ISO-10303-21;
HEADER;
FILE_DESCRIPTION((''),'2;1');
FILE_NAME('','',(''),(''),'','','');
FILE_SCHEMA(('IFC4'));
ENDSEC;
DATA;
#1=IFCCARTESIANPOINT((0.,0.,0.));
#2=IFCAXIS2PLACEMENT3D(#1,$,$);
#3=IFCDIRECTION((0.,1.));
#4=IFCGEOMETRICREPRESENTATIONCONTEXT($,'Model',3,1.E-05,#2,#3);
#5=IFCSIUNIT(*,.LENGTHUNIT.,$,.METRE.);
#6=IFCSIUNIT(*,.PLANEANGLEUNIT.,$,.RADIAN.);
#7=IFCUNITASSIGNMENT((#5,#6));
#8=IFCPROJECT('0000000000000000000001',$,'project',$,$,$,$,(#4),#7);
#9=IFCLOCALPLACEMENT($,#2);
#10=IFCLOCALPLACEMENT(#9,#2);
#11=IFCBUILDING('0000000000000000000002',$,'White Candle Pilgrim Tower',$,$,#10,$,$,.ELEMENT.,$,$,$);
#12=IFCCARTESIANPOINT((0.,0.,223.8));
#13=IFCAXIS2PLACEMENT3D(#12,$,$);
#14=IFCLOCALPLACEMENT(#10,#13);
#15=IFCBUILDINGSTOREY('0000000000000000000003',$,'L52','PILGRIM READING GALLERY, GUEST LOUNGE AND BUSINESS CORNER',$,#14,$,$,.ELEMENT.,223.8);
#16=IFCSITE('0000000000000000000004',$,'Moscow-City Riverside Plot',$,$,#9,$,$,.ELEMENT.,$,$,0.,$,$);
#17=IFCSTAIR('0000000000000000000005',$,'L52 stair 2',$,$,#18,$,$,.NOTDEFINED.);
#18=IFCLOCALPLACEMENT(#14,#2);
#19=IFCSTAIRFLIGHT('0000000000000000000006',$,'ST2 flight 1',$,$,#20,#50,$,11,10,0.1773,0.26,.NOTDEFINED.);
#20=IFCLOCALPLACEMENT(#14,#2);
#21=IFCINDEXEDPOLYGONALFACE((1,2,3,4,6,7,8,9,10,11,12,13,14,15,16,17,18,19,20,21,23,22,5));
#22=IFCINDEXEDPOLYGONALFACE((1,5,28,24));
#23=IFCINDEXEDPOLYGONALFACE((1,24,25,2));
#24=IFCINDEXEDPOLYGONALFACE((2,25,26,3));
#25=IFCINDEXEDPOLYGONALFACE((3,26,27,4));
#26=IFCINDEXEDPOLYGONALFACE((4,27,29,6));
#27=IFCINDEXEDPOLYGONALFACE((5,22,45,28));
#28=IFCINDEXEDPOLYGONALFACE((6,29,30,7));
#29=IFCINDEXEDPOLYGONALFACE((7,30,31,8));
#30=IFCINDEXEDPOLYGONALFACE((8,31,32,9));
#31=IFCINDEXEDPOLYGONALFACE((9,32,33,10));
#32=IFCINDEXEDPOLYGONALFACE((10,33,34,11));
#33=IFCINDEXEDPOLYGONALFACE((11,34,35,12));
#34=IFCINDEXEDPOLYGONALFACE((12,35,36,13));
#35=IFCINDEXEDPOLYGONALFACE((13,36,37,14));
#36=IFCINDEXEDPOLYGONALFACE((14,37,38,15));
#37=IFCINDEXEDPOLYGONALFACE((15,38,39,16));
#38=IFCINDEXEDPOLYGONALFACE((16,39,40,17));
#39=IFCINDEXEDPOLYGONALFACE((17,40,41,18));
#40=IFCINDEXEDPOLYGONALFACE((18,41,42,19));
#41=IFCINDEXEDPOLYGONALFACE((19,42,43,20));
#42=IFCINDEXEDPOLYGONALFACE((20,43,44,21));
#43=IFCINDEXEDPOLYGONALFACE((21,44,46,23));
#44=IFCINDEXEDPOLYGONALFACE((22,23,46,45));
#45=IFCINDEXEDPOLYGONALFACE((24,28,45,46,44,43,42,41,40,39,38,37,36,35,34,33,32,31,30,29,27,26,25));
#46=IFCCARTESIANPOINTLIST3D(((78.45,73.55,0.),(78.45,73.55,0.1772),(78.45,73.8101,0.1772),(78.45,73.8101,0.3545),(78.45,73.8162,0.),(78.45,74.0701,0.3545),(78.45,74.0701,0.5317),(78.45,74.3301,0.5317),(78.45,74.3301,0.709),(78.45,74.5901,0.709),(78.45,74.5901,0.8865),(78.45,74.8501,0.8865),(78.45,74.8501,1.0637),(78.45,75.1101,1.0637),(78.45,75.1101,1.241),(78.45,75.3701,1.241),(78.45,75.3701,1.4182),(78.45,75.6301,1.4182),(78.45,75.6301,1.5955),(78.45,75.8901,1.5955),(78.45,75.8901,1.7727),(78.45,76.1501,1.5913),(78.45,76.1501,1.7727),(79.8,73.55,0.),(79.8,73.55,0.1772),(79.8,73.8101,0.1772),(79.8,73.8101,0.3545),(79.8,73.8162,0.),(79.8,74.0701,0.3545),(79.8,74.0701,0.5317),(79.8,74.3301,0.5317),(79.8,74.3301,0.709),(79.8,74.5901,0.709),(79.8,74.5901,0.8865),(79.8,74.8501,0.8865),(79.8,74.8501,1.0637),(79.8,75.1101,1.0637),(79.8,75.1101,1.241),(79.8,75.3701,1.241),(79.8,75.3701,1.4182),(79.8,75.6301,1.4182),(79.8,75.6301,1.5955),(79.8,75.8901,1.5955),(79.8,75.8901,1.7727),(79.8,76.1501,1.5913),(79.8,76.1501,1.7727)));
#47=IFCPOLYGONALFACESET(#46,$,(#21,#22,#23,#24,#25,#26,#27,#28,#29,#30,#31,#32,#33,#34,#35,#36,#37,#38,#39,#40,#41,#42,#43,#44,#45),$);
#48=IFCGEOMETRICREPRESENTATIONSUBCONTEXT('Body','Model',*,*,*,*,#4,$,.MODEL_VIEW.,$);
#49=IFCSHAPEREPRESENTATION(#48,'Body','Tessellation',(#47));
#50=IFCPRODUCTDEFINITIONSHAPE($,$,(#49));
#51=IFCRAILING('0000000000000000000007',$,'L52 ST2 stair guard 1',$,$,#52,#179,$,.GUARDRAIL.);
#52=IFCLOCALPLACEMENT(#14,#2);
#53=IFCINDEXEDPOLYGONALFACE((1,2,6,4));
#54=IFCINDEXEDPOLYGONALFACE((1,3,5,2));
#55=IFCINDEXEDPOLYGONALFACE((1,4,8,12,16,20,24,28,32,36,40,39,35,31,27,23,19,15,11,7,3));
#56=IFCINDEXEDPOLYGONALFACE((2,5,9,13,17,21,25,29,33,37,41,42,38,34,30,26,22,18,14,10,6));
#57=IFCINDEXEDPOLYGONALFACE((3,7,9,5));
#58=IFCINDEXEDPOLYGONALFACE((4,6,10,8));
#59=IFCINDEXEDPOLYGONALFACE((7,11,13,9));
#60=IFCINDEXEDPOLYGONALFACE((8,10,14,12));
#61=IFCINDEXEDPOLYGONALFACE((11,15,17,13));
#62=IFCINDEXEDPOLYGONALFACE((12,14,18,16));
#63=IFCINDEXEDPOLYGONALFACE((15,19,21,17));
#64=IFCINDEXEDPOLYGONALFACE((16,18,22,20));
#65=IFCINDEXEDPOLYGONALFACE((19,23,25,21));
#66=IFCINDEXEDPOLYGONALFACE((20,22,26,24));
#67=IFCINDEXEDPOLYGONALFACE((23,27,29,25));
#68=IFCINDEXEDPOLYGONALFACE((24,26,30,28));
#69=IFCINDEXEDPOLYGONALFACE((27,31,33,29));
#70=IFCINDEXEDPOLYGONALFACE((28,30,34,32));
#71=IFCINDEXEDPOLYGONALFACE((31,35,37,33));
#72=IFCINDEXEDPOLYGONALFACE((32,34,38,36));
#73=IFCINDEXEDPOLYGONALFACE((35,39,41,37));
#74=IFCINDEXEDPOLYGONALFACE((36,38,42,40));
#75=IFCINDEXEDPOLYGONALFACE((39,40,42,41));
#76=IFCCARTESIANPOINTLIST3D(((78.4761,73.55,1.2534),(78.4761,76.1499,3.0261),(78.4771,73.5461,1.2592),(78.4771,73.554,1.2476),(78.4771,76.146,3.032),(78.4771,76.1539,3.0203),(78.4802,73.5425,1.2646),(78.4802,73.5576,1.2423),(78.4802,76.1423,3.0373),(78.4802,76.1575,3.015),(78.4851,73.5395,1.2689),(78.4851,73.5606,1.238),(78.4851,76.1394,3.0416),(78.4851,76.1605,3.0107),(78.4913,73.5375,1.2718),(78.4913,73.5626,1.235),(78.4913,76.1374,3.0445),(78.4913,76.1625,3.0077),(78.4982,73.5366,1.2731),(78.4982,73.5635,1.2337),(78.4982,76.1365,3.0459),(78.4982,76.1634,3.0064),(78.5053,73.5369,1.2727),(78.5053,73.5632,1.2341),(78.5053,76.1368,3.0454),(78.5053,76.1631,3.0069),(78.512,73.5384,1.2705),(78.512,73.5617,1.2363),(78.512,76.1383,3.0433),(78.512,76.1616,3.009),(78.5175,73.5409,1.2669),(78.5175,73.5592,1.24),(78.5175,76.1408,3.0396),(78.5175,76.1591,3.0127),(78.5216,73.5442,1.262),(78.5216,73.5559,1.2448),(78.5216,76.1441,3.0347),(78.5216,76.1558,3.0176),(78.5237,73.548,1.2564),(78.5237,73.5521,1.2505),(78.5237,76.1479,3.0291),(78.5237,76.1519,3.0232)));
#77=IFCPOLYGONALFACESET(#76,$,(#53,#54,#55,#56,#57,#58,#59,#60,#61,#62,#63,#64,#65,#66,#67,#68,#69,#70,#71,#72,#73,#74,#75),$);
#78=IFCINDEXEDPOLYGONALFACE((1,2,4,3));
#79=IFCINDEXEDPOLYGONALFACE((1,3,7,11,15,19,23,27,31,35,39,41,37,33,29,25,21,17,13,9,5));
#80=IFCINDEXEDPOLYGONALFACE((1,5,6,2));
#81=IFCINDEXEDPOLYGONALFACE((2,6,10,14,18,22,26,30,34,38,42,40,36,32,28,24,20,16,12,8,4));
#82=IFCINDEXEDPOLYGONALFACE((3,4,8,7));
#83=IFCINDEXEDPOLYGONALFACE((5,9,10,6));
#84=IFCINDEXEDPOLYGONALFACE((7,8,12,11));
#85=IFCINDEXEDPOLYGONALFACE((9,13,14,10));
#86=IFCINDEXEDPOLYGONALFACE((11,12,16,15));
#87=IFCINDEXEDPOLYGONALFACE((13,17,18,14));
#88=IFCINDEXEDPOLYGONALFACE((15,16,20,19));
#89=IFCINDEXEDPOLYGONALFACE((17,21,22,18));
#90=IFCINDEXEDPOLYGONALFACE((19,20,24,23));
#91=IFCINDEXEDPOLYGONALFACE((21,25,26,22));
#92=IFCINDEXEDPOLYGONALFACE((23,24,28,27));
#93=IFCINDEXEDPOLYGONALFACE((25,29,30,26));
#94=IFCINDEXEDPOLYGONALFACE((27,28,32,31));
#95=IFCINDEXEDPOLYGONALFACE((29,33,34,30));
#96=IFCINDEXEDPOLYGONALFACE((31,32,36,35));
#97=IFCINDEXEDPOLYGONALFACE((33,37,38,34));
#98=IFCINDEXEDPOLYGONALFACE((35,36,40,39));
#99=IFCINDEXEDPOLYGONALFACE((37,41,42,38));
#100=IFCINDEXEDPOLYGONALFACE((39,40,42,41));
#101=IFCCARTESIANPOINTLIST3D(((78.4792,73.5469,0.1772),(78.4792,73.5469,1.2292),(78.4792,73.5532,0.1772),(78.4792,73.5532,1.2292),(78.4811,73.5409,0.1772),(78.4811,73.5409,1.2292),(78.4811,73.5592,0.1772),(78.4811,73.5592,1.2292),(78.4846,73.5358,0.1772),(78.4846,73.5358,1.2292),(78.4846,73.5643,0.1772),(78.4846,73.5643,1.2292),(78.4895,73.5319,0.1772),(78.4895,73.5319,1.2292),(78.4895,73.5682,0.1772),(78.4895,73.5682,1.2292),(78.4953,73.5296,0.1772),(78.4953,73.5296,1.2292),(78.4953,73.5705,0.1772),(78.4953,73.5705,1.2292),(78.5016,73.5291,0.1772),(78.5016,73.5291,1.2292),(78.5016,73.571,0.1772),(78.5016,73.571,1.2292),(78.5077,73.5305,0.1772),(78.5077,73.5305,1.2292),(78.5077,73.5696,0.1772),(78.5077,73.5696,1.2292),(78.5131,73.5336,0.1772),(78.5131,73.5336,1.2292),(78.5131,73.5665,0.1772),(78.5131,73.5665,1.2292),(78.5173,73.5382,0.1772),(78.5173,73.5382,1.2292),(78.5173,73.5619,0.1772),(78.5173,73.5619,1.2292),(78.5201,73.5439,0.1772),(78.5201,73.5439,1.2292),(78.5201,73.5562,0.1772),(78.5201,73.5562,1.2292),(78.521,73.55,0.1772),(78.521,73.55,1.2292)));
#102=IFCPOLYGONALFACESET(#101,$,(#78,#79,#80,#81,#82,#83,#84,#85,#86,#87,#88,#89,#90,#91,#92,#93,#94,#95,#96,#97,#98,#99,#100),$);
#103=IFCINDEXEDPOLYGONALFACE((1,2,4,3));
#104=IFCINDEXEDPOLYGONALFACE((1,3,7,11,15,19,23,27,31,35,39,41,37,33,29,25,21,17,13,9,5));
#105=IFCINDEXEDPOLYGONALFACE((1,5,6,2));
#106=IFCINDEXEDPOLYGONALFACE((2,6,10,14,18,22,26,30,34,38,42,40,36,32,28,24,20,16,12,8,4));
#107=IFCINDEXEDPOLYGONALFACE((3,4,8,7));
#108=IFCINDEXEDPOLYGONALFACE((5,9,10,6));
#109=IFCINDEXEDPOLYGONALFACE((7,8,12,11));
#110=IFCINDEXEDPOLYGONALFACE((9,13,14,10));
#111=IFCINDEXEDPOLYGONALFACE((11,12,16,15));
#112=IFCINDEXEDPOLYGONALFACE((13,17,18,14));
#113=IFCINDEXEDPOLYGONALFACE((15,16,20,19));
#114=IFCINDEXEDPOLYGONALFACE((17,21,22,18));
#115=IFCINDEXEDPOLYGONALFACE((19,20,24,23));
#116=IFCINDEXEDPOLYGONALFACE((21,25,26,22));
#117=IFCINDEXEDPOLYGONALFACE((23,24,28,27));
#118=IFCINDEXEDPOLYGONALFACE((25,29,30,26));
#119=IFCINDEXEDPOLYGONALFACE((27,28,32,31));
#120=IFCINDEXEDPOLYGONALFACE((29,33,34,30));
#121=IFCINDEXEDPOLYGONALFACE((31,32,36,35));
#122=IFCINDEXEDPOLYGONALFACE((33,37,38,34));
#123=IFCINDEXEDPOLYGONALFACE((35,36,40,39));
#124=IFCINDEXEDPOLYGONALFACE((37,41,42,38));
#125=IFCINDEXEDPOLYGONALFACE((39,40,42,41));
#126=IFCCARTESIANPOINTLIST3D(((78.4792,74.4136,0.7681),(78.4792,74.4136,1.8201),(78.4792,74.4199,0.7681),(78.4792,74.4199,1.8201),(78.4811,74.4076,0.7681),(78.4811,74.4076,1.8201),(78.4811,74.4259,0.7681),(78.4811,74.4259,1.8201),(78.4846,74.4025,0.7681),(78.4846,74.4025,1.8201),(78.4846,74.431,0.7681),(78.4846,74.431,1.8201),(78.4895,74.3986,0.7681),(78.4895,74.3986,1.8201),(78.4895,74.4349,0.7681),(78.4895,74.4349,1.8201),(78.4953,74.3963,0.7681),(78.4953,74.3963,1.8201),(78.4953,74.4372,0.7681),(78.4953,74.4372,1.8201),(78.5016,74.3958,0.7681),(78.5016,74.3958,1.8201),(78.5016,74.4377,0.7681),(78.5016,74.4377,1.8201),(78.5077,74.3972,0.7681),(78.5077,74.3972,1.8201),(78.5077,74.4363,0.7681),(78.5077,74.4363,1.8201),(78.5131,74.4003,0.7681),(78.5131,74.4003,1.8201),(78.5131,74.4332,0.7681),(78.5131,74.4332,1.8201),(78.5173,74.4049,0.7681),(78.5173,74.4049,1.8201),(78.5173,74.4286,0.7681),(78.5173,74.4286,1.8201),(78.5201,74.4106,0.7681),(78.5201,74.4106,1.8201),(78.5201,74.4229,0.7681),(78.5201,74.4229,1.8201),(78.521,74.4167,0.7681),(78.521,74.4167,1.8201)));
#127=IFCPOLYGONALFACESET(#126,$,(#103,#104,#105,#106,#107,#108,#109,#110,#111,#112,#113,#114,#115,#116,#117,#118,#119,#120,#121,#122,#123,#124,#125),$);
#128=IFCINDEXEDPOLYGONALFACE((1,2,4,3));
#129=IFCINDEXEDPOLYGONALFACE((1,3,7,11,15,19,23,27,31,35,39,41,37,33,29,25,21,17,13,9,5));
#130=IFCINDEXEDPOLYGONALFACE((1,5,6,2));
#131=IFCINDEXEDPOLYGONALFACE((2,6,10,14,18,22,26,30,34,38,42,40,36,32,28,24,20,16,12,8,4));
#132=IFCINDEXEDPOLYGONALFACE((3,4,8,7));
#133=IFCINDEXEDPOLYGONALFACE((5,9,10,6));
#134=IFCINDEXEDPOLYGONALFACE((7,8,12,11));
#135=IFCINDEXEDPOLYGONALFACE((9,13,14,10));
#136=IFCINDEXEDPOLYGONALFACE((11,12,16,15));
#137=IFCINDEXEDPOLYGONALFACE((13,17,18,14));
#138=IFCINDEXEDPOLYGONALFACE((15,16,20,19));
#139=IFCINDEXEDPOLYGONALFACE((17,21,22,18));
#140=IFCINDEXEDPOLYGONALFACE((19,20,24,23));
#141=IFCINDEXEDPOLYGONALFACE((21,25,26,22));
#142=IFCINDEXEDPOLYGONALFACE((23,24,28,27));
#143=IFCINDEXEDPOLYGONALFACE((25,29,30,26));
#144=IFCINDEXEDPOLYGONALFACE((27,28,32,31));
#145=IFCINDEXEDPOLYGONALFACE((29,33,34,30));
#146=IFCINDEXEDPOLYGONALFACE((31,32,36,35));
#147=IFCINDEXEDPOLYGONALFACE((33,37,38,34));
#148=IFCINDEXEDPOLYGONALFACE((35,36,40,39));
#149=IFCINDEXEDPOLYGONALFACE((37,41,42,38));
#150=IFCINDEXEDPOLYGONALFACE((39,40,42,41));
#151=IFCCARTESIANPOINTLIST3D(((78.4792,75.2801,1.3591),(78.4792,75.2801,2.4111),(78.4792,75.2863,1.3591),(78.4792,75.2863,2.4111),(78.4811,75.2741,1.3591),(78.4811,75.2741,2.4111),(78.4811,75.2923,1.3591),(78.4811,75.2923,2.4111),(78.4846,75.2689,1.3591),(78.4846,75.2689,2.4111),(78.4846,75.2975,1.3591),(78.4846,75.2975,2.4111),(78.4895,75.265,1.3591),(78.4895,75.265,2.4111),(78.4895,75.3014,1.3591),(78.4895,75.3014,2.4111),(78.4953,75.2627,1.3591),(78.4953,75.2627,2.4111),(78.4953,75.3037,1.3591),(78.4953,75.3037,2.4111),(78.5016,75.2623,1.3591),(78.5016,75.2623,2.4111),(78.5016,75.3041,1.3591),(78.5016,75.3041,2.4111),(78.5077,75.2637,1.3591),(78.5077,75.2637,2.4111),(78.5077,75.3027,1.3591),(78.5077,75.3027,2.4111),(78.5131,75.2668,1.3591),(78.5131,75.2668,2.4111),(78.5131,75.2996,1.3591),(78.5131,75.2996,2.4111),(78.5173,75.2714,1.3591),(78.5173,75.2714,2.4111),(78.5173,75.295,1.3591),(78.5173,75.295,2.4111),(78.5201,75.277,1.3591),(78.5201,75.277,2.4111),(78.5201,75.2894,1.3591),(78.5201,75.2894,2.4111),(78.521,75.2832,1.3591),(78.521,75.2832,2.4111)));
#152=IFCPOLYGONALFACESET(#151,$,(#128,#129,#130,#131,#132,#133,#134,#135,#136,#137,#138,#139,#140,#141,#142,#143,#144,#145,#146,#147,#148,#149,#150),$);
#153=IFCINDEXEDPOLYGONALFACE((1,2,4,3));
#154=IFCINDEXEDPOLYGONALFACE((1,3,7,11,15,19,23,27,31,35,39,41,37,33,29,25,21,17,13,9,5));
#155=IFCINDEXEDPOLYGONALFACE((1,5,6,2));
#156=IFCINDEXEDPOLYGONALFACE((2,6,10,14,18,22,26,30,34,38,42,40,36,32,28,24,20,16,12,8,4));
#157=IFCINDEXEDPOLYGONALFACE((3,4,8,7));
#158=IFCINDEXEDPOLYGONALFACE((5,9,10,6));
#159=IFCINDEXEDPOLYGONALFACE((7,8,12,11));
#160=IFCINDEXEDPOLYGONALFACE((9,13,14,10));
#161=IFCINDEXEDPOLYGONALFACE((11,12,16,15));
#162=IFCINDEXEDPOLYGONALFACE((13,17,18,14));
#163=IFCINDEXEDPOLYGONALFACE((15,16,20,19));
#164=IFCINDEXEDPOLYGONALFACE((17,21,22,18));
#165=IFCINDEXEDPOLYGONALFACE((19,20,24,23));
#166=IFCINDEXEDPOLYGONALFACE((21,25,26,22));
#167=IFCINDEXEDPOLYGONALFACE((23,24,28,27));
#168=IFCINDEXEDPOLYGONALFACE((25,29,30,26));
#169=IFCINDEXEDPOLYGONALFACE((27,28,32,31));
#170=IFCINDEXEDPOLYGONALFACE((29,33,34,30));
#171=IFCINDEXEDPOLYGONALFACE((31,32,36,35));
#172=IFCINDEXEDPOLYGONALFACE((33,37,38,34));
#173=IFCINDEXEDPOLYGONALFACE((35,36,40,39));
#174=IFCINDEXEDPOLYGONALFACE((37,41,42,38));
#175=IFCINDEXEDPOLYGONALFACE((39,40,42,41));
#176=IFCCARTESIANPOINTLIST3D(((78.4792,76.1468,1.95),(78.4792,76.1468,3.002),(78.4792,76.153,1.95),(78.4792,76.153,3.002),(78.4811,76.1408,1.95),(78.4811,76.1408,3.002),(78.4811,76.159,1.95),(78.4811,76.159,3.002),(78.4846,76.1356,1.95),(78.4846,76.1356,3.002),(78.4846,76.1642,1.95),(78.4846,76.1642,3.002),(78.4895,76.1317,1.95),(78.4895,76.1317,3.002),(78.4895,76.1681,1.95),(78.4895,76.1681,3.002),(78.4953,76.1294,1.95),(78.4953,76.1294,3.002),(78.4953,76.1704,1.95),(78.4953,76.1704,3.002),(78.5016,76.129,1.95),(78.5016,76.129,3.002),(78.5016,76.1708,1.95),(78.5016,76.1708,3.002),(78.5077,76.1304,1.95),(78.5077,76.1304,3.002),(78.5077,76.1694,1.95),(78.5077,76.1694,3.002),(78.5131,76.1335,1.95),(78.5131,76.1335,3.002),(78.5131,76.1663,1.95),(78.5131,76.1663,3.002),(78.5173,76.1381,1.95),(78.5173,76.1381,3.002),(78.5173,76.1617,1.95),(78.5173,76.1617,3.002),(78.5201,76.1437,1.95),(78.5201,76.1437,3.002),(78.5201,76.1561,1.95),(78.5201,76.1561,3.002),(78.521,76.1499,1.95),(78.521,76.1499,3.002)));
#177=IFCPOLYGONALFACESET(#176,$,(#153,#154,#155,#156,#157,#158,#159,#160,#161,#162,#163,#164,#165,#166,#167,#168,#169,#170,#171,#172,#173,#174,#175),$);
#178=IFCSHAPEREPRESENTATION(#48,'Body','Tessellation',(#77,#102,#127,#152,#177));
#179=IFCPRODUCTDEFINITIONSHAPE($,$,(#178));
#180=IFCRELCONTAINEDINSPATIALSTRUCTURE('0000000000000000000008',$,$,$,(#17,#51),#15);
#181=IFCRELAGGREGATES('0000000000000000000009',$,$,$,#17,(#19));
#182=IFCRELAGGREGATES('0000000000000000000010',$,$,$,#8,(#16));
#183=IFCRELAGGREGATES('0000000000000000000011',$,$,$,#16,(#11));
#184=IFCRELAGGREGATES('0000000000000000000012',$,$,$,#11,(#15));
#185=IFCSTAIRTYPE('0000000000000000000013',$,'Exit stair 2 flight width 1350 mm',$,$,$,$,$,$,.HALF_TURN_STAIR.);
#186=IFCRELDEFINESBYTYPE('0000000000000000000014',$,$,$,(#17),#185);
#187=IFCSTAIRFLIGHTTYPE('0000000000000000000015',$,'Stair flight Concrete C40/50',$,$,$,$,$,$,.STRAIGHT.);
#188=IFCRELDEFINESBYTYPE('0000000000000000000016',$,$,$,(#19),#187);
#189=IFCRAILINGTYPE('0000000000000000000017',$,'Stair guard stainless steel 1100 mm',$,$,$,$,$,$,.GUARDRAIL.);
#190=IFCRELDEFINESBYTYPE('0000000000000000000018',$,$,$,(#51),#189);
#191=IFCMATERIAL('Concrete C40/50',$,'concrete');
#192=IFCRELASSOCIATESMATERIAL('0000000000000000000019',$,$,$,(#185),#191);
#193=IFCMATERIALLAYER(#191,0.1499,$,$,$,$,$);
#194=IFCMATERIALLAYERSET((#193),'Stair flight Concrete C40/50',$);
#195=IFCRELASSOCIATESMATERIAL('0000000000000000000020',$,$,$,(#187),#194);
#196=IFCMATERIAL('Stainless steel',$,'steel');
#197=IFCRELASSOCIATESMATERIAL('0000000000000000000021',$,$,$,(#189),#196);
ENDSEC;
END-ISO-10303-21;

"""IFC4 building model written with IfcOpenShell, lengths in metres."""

from ifc_helpers import new_model, si_unit, direction, frame, origin, origin_2d, place, context, subcontext, project, spatial, polyline, circle, outline, extrude, material, layer, layer_set, type_object, element, aggregate, save


model = new_model("IFC4")

# Units and contexts
model_context = context("Model", 3, precision=1e-05, world=origin(), true_north=direction((0.0, 1.0)))
body_context = subcontext(model_context, "Body", "Model", "MODEL_VIEW")
ifc_project = project(units=[si_unit("LENGTHUNIT", "METRE"), si_unit("PLANEANGLEUNIT", "RADIAN")], contexts=[model_context])

# Site, building, storey
site_placement = place(None, origin())
site = spatial("IfcSite", under=ifc_project, at=site_placement, Name="Moscow-City Riverside Plot", CompositionType="ELEMENT", RefElevation=0.0)
building_placement = place(site_placement, origin())
building = spatial("IfcBuilding", under=site, at=building_placement, Name="White Candle Pilgrim Tower", CompositionType="ELEMENT")
storey_placement = place(building_placement, frame((0.0, 0.0, 223.8)))
storey = spatial("IfcBuildingStorey", under=building, at=storey_placement, Name="L52", Description="PILGRIM READING GALLERY, GUEST LOUNGE AND BUSINESS CORNER", CompositionType="ELEMENT", Elevation=223.8)

# Stair, stair flight
ifc_material_1 = material(Name="Concrete C40/50", Category="concrete")
stair_type = type_object("IfcStairType", Name="Exit stair 2 flight width 1350 mm", PredefinedType="HALF_TURN_STAIR", material=ifc_material_1)
stair_placement = place(storey_placement, origin())
stair = element("IfcStair", 1, at=stair_placement, inside=storey, type_object=stair_type, Name="L52 stair 2", PredefinedType="NOTDEFINED")
ifc_layer_1 = layer(ifc_material_1, 0.1499)
ifc_layer_set_1 = layer_set([ifc_layer_1], Name="Stair flight Concrete C40/50")
stair_flight_type = type_object("IfcStairFlightType", Name="Stair flight Concrete C40/50", PredefinedType="STRAIGHT", material=ifc_layer_set_1)
stair_flight_placement = place(storey_placement, frame((79.125, 73.55, 0.0), z_axis=(0.0, 0.0, 1.0), x_axis=(0.0, 1.0, 0.0)))
stair_flight = element("IfcStairFlight", 2, at=stair_flight_placement, type_object=stair_flight_type, Name="ST2 flight 1", NumberOfRisers=11, NumberOfTreads=10, PredefinedType="NOTDEFINED", RiserHeight=0.1773, TreadLength=0.26, context=body_context, shape_type="SweptSolid", body=[
    extrude(outline(polyline([(0.0, 0.0), (0.0, 0.1772), (0.26, 0.1772), (0.26, 0.3545), (0.52, 0.3545), (0.52, 0.5317), (0.78, 0.5317), (0.78, 0.709), (1.04, 0.709), (1.04, 0.8865), (1.3, 0.8865), (1.3, 1.0637), (1.5601, 1.0637), (1.5601, 1.241), (1.8201, 1.241), (1.8201, 1.4182), (2.0801, 1.4182), (2.0801, 1.5955), (2.3401, 1.5955), (2.3401, 1.7727), (2.6001, 1.7727), (2.6001, 1.95), (2.6001, 1.5913), (0.2661, 0.0), (0.0, 0.0)])), frame((0.0, 0.675, 0.0), z_axis=(0.0, -1.0, 0.0), x_axis=(1.0, 0.0, 0.0)), (0.0, 0.0, 1.0), 1.3501),
])
aggregate(stair, [stair_flight])

# Railing
ifc_material_2 = material(Name="Stainless steel", Category="steel")
railing_type_1 = type_object("IfcRailingType", Name="Stair guard stainless steel 1100 mm", PredefinedType="GUARDRAIL", material=ifc_material_2)
railing_1_placement = place(storey_placement, frame((78.5, 73.55, 0.1772)))
element("IfcRailing", 3, at=railing_1_placement, inside=storey, type_object=railing_type_1, Name="L52 ST2 stair guard 1", PredefinedType="GUARDRAIL", context=body_context, shape_type="SweptSolid", body=[
    extrude(circle(Radius=0.0239, at=origin_2d()), frame((0.0, 0.0, 1.0762), z_axis=(0.0, 0.826216, 0.563354), x_axis=(-1.0, 0.0, 0.0)), (0.0, 0.0, 1.0), 3.1467),
    extrude(circle(Radius=0.021, at=origin_2d()), origin(), (0.0, 0.0, 1.0), 1.052),
    extrude(circle(Radius=0.021, at=origin_2d()), frame((0.0, 0.8667, 0.5908)), (0.0, 0.0, 1.0), 1.052),
    extrude(circle(Radius=0.021, at=origin_2d()), frame((0.0, 1.7332, 1.1819)), (0.0, 0.0, 1.0), 1.052),
    extrude(circle(Radius=0.021, at=origin_2d()), frame((0.0, 2.5999, 1.7727)), (0.0, 0.0, 1.0), 1.052),
])

save(model, "model.ifc")
